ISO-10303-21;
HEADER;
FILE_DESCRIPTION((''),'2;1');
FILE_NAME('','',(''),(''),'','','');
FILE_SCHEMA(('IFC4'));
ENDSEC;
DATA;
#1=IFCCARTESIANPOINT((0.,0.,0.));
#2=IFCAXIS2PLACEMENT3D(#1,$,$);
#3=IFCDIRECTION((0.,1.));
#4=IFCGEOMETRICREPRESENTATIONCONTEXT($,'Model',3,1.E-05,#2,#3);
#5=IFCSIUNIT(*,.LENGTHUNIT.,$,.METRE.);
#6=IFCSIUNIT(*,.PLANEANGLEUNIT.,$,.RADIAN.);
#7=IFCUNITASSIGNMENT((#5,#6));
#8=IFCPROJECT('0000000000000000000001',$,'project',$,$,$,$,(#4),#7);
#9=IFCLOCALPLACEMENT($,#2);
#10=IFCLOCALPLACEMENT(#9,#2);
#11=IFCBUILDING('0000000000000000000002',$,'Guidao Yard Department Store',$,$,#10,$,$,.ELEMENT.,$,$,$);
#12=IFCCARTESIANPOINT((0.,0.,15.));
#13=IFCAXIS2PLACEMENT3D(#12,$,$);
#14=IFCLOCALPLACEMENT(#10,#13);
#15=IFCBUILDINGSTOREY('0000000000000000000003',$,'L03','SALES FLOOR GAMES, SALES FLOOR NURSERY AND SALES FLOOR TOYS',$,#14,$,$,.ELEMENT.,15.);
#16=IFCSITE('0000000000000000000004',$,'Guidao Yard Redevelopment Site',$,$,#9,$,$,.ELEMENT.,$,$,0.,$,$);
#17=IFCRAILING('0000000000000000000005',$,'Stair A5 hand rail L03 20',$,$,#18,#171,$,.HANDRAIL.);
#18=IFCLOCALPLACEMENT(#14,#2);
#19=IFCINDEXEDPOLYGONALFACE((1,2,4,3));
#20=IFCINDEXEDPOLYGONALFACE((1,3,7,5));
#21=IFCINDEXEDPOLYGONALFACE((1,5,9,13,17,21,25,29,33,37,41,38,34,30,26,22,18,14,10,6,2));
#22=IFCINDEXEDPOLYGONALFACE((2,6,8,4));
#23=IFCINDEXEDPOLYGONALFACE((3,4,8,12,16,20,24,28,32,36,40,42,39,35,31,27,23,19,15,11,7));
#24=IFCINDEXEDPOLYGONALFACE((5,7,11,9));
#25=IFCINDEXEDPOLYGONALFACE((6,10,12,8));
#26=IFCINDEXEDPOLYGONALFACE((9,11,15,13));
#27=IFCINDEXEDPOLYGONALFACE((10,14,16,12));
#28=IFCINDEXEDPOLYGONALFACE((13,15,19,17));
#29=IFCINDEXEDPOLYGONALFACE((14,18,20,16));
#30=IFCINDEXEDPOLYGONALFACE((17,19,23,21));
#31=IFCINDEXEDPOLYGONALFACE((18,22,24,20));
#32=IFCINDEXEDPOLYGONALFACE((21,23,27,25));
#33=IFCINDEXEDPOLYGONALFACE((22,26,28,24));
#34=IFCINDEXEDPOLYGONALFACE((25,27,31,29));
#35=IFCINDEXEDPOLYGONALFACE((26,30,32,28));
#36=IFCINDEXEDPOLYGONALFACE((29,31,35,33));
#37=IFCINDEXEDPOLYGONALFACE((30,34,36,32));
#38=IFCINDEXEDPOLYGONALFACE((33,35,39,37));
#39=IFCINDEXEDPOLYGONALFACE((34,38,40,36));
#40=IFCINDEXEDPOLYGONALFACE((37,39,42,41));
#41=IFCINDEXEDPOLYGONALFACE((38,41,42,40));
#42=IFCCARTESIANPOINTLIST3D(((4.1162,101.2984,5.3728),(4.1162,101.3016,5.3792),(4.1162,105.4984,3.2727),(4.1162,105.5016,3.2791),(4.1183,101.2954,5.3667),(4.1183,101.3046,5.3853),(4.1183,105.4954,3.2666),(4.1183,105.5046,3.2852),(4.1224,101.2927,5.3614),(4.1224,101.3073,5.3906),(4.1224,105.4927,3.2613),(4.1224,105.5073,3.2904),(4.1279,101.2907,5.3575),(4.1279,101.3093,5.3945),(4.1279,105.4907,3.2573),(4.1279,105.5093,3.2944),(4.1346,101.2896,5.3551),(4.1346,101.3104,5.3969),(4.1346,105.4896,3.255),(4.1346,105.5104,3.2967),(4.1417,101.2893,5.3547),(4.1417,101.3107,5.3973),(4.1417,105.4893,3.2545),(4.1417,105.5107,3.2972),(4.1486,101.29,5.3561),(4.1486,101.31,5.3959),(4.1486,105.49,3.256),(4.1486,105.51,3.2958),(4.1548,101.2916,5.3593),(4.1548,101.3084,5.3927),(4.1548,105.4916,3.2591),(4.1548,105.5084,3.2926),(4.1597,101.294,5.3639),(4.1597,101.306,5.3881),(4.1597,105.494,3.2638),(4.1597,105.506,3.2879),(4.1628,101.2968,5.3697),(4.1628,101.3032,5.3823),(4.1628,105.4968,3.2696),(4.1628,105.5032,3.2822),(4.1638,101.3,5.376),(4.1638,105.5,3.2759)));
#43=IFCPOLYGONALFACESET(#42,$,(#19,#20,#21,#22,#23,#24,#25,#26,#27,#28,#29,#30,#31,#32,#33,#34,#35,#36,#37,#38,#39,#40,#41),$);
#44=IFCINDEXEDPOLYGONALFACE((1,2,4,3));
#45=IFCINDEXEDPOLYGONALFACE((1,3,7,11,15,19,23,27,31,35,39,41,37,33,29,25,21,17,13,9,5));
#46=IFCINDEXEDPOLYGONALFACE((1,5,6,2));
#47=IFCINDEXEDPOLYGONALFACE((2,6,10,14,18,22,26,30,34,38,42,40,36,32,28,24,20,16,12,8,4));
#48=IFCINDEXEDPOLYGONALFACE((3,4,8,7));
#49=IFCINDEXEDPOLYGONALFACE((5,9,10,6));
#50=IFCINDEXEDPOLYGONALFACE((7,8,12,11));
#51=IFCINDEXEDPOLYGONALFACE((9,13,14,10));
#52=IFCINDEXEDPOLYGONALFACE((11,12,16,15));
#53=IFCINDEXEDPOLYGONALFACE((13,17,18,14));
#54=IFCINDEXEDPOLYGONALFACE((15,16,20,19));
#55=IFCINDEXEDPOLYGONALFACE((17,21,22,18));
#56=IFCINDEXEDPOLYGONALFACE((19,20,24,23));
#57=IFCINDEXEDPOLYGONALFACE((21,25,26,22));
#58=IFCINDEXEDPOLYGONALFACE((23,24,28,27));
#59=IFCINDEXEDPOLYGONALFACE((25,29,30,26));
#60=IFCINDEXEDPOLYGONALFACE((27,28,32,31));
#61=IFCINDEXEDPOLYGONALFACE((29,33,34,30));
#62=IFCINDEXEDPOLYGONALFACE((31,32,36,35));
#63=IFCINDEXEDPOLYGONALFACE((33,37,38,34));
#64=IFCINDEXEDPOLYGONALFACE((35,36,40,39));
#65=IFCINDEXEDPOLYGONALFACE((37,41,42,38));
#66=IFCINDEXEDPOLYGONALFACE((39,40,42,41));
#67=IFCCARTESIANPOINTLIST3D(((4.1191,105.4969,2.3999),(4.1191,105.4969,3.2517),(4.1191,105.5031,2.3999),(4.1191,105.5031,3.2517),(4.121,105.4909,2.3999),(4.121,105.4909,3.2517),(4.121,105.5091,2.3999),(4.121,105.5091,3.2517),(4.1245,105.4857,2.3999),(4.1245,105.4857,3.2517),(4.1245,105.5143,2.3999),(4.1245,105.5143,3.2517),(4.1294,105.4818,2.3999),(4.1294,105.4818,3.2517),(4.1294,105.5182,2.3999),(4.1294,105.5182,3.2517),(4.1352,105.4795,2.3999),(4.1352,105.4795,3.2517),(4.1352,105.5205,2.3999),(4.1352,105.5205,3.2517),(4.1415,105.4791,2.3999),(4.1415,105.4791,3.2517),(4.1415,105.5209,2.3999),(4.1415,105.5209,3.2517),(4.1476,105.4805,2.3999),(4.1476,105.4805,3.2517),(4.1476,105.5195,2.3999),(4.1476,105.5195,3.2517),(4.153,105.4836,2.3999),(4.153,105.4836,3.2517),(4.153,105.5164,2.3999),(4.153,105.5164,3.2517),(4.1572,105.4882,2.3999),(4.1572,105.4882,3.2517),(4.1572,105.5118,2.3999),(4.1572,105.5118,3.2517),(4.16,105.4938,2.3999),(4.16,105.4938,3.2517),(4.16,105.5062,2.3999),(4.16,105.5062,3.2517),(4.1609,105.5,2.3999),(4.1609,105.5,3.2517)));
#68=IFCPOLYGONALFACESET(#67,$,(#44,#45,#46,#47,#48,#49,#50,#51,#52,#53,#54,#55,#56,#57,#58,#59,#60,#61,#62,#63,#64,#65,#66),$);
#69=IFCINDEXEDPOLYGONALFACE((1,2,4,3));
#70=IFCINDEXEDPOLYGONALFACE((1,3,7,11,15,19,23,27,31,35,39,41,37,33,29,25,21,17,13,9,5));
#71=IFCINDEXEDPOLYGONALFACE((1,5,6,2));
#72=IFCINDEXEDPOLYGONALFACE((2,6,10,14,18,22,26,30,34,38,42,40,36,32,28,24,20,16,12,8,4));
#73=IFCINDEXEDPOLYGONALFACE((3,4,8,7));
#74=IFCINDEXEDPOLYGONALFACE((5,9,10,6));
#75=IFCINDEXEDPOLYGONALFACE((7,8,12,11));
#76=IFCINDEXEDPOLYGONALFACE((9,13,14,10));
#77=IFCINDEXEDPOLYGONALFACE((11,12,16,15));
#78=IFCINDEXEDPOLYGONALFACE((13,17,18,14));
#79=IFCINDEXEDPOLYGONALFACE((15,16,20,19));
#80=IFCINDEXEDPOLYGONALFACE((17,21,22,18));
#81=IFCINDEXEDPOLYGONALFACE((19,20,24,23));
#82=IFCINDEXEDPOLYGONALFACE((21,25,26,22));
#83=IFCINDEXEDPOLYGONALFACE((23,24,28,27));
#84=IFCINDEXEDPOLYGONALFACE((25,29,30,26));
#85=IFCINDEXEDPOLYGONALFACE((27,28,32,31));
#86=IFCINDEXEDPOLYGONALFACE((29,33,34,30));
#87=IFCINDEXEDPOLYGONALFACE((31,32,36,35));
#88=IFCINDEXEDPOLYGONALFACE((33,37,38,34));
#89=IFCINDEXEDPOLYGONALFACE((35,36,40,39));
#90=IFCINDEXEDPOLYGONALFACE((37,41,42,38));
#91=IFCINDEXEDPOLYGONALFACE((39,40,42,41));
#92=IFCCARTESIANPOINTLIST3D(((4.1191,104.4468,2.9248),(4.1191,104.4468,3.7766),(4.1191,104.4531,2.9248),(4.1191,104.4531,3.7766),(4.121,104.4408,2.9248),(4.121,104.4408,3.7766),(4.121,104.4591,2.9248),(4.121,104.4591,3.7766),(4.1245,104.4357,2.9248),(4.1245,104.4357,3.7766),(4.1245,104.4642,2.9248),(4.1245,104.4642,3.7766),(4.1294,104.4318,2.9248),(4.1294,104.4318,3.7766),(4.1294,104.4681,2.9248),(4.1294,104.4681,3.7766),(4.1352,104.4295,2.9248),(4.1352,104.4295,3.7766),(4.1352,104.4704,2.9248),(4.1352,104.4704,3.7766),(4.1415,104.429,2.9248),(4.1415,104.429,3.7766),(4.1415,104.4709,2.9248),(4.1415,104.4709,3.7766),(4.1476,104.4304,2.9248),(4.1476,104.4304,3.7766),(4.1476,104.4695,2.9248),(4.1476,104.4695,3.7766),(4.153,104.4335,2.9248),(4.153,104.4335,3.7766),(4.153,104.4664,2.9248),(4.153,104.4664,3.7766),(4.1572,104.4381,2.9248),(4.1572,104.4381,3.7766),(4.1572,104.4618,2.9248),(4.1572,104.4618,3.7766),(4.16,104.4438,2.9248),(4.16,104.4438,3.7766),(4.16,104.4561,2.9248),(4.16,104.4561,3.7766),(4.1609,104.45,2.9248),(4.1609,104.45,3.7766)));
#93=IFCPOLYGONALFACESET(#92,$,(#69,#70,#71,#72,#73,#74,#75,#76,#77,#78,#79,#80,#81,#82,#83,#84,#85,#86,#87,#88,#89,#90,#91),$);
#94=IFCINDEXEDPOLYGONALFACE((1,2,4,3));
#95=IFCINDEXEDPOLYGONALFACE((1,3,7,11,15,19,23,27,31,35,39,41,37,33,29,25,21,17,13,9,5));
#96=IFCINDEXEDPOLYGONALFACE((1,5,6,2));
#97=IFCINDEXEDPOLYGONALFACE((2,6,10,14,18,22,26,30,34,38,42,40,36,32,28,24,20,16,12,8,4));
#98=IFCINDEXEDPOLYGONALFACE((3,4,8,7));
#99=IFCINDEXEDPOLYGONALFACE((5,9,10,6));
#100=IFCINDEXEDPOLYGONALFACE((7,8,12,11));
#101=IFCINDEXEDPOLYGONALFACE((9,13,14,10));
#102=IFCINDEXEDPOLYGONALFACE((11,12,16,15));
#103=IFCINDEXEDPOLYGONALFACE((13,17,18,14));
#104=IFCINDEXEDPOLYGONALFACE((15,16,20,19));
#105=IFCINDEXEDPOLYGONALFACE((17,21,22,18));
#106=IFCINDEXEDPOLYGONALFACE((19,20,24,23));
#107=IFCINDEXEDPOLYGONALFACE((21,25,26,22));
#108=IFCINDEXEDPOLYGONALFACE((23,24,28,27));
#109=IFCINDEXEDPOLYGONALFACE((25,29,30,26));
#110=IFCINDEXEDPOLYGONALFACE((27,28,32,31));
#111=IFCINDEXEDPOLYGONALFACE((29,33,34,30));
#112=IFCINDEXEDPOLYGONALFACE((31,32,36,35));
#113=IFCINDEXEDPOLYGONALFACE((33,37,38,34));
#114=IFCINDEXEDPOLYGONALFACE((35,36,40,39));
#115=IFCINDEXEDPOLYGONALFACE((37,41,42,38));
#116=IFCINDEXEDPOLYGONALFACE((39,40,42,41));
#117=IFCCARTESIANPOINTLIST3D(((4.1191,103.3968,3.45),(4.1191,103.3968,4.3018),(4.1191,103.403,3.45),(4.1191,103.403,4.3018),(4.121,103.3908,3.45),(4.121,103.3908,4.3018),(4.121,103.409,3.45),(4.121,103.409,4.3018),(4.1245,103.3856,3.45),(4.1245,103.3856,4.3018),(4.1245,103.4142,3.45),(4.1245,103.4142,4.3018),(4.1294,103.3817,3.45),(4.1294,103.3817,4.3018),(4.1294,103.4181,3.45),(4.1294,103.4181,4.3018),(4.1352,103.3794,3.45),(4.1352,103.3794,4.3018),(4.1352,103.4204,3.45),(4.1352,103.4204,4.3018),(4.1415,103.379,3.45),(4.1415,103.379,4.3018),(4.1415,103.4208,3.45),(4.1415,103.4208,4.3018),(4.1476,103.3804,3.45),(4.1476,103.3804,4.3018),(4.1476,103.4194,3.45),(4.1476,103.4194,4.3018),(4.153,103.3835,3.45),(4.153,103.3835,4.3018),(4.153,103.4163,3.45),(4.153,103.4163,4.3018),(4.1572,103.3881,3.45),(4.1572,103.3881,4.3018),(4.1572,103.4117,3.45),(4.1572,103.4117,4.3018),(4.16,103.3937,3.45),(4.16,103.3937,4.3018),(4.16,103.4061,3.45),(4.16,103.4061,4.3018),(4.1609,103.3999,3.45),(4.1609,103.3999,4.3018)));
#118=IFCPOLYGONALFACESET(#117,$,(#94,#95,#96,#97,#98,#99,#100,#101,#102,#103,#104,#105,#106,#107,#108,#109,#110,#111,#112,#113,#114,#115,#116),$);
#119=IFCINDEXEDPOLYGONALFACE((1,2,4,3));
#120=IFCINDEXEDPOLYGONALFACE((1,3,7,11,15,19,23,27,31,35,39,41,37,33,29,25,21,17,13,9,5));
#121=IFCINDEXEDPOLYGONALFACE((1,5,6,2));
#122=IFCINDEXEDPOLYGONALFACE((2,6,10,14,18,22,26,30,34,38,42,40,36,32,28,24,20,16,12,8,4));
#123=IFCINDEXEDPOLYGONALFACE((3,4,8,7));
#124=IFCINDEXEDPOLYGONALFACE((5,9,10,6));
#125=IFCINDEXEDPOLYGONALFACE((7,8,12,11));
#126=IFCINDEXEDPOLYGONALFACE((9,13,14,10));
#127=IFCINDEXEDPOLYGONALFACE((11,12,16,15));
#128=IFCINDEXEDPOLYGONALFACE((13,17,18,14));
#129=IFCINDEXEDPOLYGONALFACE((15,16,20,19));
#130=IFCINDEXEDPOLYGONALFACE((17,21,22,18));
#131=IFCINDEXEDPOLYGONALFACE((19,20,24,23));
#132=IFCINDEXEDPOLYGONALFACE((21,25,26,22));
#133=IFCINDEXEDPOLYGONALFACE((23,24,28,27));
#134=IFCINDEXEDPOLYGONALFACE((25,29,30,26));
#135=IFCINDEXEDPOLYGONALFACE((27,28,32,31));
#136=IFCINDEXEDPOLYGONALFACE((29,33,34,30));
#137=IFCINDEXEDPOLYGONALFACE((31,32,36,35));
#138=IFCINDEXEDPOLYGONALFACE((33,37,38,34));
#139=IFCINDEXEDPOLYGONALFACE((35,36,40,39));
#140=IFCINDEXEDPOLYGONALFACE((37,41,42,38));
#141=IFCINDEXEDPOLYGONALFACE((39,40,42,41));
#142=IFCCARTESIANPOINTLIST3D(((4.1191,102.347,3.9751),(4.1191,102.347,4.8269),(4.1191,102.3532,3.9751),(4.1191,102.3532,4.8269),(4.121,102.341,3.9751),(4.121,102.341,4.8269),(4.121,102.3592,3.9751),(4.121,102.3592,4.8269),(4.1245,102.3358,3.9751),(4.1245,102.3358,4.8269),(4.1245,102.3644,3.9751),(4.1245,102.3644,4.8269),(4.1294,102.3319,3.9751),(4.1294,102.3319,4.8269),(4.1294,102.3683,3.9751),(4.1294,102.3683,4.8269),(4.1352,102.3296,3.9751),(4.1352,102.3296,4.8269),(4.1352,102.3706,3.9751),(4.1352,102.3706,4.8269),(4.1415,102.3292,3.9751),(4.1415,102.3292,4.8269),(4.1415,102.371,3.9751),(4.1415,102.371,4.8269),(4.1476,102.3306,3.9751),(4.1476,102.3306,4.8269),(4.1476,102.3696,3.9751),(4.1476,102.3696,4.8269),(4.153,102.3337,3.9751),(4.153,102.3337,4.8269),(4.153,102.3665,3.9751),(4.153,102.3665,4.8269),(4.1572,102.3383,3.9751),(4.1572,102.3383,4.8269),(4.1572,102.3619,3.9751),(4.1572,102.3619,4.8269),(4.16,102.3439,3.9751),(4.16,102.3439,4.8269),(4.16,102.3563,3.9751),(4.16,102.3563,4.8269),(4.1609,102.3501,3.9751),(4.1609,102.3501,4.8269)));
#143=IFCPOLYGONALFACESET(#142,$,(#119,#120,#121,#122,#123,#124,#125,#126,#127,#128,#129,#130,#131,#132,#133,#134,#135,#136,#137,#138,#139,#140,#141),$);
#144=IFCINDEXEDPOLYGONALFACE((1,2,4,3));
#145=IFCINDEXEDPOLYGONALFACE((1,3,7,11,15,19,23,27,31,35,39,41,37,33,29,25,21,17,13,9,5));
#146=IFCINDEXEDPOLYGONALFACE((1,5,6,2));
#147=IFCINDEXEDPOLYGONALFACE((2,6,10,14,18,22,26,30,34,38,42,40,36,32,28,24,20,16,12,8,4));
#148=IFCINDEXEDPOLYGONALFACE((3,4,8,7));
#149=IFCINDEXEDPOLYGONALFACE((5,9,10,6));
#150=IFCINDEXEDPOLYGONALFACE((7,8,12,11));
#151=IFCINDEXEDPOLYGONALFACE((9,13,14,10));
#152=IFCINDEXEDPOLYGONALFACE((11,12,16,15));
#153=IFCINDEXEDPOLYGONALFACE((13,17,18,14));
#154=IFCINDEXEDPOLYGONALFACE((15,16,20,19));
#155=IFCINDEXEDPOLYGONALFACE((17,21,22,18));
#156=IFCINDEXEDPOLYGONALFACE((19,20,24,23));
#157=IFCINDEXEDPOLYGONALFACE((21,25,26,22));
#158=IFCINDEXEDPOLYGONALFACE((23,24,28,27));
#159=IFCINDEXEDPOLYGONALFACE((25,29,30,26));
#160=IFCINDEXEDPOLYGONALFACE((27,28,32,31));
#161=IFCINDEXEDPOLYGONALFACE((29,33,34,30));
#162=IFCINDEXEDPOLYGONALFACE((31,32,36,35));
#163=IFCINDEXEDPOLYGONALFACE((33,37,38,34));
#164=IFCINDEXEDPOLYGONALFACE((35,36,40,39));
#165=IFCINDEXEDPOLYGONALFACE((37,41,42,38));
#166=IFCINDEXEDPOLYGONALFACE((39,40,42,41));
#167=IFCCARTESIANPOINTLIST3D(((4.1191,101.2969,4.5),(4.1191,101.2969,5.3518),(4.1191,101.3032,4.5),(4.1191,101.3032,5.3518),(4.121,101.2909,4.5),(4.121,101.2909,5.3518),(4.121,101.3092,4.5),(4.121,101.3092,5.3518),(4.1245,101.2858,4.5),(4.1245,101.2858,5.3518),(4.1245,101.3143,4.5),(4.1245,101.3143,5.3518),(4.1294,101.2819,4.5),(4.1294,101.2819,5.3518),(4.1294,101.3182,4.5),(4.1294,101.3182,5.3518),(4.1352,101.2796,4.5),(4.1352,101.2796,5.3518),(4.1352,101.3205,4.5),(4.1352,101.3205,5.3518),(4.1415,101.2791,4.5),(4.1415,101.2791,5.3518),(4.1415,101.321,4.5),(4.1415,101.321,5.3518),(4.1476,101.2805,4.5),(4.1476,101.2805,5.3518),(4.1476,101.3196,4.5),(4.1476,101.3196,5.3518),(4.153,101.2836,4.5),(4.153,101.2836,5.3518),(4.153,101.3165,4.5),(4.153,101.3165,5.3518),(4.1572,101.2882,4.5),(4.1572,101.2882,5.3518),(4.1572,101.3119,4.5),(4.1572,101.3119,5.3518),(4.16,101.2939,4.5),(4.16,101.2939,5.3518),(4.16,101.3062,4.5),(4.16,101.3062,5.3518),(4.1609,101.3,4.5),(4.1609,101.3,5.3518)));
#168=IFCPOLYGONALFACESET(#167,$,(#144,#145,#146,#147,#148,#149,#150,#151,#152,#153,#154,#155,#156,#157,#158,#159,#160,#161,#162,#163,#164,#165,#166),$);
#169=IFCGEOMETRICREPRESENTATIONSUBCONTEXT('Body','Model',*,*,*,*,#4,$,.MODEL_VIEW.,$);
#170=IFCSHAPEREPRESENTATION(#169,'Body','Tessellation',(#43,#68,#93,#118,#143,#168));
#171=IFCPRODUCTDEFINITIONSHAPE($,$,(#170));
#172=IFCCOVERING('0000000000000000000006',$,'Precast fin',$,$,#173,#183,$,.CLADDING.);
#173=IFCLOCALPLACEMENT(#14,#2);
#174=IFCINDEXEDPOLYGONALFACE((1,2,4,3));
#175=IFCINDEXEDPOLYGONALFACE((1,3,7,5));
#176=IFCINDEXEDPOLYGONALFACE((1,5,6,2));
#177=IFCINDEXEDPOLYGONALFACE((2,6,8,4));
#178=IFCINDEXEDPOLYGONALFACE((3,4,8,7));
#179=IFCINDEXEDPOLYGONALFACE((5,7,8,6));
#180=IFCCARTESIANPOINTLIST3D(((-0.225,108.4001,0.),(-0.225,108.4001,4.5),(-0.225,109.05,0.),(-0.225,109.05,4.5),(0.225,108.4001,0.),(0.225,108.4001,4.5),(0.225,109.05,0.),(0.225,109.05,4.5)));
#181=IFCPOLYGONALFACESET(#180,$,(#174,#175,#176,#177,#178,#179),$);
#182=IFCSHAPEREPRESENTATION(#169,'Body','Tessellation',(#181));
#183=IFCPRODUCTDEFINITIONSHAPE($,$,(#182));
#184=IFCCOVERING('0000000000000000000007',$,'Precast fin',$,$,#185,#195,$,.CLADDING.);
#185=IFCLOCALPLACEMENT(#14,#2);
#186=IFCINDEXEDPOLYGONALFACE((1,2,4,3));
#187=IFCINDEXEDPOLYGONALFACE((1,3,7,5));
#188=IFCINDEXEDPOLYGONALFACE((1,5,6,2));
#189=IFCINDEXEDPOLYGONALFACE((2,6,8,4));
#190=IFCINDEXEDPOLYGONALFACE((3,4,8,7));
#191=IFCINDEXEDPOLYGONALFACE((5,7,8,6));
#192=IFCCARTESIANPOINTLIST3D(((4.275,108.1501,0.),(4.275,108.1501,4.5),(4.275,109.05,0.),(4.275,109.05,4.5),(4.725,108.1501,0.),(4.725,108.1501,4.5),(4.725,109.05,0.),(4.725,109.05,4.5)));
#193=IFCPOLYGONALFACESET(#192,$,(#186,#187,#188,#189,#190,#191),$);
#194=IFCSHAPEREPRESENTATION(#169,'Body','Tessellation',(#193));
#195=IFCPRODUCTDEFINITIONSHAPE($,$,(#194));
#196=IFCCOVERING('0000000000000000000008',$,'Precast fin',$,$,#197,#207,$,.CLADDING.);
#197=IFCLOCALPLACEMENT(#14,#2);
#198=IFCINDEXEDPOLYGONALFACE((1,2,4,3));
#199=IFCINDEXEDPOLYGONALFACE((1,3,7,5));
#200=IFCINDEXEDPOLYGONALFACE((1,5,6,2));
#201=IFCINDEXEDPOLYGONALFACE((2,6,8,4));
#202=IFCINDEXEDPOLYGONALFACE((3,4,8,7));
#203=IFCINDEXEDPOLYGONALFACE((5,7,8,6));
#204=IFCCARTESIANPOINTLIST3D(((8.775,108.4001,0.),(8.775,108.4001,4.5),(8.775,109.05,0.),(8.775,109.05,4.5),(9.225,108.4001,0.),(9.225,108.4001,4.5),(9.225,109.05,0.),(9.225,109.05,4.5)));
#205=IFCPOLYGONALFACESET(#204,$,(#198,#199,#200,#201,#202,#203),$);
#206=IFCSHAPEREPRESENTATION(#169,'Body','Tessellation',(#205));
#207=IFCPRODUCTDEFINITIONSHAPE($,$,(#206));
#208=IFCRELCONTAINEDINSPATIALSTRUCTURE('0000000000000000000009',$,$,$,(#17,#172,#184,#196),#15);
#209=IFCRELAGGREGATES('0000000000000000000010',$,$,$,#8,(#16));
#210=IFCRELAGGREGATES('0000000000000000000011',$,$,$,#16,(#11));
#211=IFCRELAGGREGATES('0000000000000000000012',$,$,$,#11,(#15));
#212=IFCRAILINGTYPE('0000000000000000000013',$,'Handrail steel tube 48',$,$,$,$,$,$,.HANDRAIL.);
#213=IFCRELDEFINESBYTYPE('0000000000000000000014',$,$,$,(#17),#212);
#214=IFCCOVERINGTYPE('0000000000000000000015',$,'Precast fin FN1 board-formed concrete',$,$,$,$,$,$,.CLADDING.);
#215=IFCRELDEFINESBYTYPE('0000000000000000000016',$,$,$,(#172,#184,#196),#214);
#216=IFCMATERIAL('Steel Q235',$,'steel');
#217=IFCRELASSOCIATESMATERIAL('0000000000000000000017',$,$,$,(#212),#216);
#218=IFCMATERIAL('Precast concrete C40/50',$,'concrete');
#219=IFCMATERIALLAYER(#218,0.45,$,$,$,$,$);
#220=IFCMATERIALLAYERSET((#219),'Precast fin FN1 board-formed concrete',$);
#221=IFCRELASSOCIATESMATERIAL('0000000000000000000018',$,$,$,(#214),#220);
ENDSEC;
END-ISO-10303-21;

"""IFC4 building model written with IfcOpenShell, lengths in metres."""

from ifc_helpers import new_model, si_unit, direction, frame, origin, origin_2d, place, context, subcontext, project, spatial, rectangle, circle, extrude, material, layer, layer_set, type_object, element, save


model = new_model("IFC4")

# Units and contexts
model_context = context("Model", 3, precision=1e-05, world=origin(), true_north=direction((0.0, 1.0)))
body_context = subcontext(model_context, "Body", "Model", "MODEL_VIEW")
ifc_project = project(units=[si_unit("LENGTHUNIT", "METRE"), si_unit("PLANEANGLEUNIT", "RADIAN")], contexts=[model_context])

# Site, building, storey
site_placement = place(None, origin())
site = spatial("IfcSite", under=ifc_project, at=site_placement, Name="Guidao Yard Redevelopment Site", CompositionType="ELEMENT", RefElevation=0.0)
building_placement = place(site_placement, origin())
building = spatial("IfcBuilding", under=site, at=building_placement, Name="Guidao Yard Department Store", CompositionType="ELEMENT")
storey_placement = place(building_placement, frame((0.0, 0.0, 15.0)))
storey = spatial("IfcBuildingStorey", under=building, at=storey_placement, Name="L03", Description="SALES FLOOR GAMES, SALES FLOOR NURSERY AND SALES FLOOR TOYS", CompositionType="ELEMENT", Elevation=15.0)

# Railing
ifc_material_1 = material(Name="Steel Q235", Category="steel")
railing_type_1 = type_object("IfcRailingType", Name="Handrail steel tube 48", PredefinedType="HANDRAIL", material=ifc_material_1)
for number, where, name in (
    (1, (4.1399, 105.5, 2.3999), "Stair A5 hand rail L03 20"),
):
    element("IfcRailing", number, at=place(storey_placement, frame(where)), inside=storey, type_object=railing_type_1, Name=name, PredefinedType="HANDRAIL", context=body_context, shape_type="SweptSolid", body=[
        extrude(circle(Radius=0.0239, at=origin_2d()), frame((0.0, 0.0, 0.876), z_axis=(0.0, -0.894417, 0.447234), x_axis=(1.0, 0.0, 0.0)), (0.0, 0.0, 1.0), 4.6958),
        extrude(circle(Radius=0.021, at=origin_2d()), origin(), (0.0, 0.0, 1.0), 0.8518),
        extrude(circle(Radius=0.021, at=origin_2d()), frame((0.0, -1.05, 0.5249)), (0.0, 0.0, 1.0), 0.8518),
        extrude(circle(Radius=0.021, at=origin_2d()), frame((0.0, -2.1001, 1.05)), (0.0, 0.0, 1.0), 0.8518),
        extrude(circle(Radius=0.021, at=origin_2d()), frame((0.0, -3.1499, 1.5752)), (0.0, 0.0, 1.0), 0.8518),
        extrude(circle(Radius=0.021, at=origin_2d()), frame((0.0, -4.2, 2.1001)), (0.0, 0.0, 1.0), 0.8518),
    ])

# Coverings
ifc_material_2 = material(Name="Precast concrete C40/50", Category="concrete")
ifc_layer_1 = layer(ifc_material_2, 0.45)
ifc_layer_set_1 = layer_set([ifc_layer_1], Name="Precast fin FN1 board-formed concrete")
covering_type = type_object("IfcCoveringType", Name="Precast fin FN1 board-formed concrete", PredefinedType="CLADDING", material=ifc_layer_set_1)
covering_1_placement = place(storey_placement, frame((0.0, 108.7251, 0.0), z_axis=(0.0, 0.0, 1.0), x_axis=(1.0, 0.0, 0.0)))
element("IfcCovering", 2, at=covering_1_placement, inside=storey, type_object=covering_type, Name="Precast fin", PredefinedType="CLADDING", context=body_context, shape_type="SweptSolid", body=[
    extrude(rectangle(XDim=0.45, YDim=0.6499, at=origin_2d()), origin(), (0.0, 0.0, 1.0), 4.5),
])
covering_2_placement = place(storey_placement, frame((4.5, 108.6001, 0.0), z_axis=(0.0, 0.0, 1.0), x_axis=(1.0, 0.0, 0.0)))
element("IfcCovering", 3, at=covering_2_placement, inside=storey, type_object=covering_type, Name="Precast fin", PredefinedType="CLADDING", context=body_context, shape_type="SweptSolid", body=[
    extrude(rectangle(XDim=0.45, YDim=0.8999, at=origin_2d()), origin(), (0.0, 0.0, 1.0), 4.5),
])
covering_3_placement = place(storey_placement, frame((9.0, 108.7251, 0.0), z_axis=(0.0, 0.0, 1.0), x_axis=(1.0, 0.0, 0.0)))
element("IfcCovering", 4, at=covering_3_placement, inside=storey, type_object=covering_type, Name="Precast fin", PredefinedType="CLADDING", context=body_context, shape_type="SweptSolid", body=[
    extrude(rectangle(XDim=0.45, YDim=0.6499, at=origin_2d()), origin(), (0.0, 0.0, 1.0), 4.5),
])

save(model, "model.ifc")
